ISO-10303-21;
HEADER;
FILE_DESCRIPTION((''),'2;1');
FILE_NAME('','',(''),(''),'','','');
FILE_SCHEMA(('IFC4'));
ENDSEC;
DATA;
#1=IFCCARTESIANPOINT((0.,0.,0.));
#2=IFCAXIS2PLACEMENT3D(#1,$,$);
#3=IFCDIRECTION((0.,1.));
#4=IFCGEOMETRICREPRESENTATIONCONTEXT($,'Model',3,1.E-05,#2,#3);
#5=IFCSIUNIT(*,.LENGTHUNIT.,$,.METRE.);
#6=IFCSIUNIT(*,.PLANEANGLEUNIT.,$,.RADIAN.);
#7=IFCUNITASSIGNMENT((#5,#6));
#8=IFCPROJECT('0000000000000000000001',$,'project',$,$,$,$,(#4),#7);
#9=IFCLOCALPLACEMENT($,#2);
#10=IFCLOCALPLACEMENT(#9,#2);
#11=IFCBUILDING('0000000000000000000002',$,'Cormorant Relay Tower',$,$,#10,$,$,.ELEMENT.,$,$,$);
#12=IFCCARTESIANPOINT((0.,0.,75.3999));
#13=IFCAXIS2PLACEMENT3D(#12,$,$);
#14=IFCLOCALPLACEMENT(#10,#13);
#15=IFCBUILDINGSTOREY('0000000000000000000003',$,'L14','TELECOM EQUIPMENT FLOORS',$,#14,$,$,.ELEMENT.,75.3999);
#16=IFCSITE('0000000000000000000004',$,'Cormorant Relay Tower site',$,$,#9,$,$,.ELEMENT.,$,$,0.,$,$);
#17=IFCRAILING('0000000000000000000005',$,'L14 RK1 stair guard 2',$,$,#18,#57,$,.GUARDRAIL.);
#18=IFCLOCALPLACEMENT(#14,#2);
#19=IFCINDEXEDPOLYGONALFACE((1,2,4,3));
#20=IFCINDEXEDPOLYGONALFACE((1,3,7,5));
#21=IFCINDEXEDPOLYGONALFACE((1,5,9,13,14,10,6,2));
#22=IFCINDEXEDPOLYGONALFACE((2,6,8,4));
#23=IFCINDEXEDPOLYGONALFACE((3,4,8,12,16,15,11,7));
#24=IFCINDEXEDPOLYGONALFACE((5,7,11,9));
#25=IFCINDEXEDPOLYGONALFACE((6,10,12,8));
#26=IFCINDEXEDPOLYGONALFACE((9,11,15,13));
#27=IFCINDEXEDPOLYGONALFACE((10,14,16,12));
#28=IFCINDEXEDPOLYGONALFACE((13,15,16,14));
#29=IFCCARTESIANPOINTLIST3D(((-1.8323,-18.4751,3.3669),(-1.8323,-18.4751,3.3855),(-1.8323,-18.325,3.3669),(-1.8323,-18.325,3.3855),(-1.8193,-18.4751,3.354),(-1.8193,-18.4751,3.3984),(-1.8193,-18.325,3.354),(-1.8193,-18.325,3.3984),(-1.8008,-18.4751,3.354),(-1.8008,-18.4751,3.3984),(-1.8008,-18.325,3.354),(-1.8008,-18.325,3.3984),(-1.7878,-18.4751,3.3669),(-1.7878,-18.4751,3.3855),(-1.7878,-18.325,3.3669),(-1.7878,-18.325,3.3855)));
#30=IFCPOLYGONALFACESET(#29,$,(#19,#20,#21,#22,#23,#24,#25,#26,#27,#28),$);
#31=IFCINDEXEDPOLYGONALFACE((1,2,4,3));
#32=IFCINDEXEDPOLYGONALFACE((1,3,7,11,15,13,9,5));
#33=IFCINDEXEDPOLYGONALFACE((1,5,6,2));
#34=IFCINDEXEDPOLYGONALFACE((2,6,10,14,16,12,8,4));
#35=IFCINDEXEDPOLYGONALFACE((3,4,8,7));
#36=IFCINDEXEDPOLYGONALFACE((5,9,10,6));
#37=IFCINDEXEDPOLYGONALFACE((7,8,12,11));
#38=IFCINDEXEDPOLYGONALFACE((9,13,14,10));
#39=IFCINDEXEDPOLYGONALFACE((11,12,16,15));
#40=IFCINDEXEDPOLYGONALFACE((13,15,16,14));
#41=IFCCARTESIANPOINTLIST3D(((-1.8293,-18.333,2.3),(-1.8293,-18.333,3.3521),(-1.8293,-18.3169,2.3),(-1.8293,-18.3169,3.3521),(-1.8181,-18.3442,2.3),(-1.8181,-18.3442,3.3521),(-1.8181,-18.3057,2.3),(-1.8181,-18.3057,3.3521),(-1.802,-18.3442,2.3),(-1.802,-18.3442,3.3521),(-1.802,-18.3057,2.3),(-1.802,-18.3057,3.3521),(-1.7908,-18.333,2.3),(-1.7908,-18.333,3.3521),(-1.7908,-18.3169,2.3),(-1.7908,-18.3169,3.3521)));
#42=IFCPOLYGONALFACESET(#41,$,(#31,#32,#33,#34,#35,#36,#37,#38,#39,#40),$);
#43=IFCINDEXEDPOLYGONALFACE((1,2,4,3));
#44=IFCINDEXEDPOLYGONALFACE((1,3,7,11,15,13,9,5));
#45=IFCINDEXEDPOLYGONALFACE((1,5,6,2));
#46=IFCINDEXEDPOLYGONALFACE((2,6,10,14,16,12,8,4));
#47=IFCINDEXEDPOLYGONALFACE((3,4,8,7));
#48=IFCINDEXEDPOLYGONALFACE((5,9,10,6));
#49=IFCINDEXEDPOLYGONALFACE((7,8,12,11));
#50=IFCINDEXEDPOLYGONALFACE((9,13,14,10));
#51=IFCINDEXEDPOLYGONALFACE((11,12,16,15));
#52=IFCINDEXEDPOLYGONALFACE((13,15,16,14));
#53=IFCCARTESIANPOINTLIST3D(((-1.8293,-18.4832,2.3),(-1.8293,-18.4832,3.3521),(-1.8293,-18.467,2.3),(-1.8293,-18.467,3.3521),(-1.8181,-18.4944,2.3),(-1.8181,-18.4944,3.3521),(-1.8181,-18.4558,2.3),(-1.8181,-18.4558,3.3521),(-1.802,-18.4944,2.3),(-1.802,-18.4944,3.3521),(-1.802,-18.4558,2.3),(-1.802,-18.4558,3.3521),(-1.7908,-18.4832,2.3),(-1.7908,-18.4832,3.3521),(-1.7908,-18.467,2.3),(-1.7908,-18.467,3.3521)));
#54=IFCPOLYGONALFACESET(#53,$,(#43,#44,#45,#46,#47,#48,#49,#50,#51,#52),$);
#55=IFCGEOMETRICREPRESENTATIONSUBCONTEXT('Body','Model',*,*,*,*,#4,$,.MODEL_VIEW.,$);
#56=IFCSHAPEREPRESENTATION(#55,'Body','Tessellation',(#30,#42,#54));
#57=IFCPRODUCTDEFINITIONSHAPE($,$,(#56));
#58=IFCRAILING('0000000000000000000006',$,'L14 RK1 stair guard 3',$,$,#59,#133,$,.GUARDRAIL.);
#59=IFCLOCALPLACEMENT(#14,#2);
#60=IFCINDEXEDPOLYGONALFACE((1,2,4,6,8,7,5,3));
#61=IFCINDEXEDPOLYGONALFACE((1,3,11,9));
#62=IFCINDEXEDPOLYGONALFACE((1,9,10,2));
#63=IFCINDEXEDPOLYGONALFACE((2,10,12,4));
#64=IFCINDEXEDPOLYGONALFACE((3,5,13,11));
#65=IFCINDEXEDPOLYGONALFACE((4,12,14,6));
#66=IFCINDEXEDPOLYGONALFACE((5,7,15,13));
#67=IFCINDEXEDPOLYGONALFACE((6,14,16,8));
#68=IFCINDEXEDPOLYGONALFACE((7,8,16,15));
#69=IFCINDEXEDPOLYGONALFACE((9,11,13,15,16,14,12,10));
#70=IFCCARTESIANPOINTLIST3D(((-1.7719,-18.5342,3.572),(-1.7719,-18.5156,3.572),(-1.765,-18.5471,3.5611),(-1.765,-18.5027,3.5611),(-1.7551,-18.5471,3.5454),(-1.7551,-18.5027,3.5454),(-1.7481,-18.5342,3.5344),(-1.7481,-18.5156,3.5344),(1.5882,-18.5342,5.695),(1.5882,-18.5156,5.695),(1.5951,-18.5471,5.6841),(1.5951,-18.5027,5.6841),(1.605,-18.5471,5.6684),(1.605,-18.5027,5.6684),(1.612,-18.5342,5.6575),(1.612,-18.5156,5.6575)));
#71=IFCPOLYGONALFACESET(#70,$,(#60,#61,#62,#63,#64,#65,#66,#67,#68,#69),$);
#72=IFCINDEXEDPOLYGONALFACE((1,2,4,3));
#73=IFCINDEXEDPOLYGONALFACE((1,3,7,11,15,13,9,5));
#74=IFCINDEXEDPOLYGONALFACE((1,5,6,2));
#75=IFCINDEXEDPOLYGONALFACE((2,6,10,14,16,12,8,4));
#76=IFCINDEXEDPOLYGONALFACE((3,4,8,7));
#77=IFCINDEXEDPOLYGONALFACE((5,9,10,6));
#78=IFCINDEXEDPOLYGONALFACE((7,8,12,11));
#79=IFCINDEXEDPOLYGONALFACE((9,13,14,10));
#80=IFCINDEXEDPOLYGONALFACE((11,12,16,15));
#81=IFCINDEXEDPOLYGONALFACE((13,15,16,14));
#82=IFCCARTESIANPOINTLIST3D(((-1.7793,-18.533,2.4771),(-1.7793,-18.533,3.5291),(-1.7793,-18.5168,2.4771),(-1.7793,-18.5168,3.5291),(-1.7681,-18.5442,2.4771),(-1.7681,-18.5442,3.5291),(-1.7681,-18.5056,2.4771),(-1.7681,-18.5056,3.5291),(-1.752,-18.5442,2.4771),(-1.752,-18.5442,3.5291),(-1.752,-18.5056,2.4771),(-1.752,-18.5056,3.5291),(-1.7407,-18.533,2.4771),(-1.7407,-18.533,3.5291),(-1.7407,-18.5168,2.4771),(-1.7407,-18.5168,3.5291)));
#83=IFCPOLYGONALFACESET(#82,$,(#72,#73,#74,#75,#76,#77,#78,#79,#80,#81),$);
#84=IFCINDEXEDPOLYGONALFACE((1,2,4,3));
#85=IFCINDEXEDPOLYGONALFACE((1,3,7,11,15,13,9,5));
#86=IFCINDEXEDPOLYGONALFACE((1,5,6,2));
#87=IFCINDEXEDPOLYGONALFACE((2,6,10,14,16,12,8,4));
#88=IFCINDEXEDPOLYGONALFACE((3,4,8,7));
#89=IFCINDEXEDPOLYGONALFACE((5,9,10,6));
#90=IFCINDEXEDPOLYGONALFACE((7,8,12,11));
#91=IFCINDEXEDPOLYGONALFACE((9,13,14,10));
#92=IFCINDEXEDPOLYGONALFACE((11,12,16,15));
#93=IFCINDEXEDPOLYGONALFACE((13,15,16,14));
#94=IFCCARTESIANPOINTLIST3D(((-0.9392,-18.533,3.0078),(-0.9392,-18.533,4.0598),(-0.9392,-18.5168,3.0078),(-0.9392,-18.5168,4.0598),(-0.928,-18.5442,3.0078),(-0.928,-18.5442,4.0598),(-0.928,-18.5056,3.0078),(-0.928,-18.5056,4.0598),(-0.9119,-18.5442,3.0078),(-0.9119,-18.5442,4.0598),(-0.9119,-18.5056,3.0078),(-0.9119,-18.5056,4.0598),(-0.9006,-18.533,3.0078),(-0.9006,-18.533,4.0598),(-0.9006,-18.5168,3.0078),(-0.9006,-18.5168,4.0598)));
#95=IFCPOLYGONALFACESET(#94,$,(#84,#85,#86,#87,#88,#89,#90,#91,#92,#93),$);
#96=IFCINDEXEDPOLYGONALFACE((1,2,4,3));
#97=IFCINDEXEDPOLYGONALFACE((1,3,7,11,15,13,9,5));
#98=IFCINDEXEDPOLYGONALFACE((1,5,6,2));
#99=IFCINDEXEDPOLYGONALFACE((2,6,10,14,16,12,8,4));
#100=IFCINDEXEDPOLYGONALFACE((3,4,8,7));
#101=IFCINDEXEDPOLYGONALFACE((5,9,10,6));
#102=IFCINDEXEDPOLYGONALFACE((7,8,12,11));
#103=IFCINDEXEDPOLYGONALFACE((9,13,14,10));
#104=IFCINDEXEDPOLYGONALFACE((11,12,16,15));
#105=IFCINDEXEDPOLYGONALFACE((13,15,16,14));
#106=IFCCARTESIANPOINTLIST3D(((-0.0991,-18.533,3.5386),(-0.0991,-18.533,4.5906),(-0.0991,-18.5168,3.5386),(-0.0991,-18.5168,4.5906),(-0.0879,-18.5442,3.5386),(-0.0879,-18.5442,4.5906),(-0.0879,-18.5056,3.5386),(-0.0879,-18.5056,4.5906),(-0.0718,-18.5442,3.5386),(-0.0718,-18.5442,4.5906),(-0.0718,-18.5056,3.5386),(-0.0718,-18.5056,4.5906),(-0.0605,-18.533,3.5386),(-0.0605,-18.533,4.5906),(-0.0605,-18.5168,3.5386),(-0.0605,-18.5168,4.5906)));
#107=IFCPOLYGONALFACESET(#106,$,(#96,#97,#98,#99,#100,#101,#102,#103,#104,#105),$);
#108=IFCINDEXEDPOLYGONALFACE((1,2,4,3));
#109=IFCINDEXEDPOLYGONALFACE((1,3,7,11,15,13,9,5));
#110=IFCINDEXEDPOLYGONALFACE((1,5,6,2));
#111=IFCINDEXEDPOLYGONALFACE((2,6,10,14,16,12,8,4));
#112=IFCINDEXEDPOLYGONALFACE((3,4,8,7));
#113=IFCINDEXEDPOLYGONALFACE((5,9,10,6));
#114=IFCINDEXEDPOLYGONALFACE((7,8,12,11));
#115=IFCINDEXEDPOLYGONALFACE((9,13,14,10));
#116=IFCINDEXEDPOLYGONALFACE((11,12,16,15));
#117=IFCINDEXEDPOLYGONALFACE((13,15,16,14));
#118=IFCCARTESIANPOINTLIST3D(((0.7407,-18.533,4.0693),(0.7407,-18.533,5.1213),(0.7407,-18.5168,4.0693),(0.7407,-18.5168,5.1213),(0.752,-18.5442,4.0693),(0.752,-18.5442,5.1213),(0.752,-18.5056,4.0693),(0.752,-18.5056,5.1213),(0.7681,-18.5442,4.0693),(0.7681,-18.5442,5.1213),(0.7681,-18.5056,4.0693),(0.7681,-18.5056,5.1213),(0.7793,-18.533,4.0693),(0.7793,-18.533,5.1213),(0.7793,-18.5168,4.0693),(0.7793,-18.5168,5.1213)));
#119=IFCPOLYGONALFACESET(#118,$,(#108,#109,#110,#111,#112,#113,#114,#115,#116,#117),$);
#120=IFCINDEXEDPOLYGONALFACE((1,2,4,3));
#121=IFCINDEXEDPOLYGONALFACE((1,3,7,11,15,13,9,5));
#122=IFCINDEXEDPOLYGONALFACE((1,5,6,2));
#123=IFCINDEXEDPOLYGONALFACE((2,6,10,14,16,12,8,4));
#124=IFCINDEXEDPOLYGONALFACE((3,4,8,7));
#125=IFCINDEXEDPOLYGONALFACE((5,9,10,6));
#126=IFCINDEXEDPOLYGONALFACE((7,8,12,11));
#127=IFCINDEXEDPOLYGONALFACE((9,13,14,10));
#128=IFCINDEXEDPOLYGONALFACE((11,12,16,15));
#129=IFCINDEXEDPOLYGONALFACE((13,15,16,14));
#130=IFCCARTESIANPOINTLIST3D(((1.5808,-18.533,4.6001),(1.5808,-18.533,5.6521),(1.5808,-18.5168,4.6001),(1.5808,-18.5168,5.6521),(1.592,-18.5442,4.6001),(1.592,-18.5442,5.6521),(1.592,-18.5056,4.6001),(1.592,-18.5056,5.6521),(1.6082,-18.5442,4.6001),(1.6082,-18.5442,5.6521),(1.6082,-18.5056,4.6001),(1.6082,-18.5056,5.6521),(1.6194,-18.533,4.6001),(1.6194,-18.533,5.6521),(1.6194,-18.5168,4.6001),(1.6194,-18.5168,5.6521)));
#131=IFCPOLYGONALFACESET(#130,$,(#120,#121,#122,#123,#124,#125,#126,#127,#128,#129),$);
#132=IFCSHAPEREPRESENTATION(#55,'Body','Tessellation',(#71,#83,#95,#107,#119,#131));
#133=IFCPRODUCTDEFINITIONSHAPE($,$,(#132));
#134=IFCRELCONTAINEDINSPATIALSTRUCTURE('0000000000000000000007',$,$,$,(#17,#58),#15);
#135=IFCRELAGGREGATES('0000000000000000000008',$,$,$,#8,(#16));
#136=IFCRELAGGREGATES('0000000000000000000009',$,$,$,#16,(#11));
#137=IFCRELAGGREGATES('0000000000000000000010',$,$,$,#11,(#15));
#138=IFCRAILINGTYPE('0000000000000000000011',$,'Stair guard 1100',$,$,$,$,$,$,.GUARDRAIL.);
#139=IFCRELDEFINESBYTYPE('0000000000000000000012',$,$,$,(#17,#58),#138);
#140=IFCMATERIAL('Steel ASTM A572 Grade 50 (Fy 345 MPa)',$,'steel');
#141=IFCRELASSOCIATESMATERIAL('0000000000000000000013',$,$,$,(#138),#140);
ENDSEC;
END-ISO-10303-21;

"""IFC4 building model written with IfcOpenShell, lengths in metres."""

from ifc_helpers import new_model, si_unit, direction, frame, origin, place, context, subcontext, project, spatial, polyline, outline, extrude, material, type_object, element, save


model = new_model("IFC4")

# Units and contexts
model_context = context("Model", 3, precision=1e-05, world=origin(), true_north=direction((0.0, 1.0)))
body_context = subcontext(model_context, "Body", "Model", "MODEL_VIEW")
ifc_project = project(units=[si_unit("LENGTHUNIT", "METRE"), si_unit("PLANEANGLEUNIT", "RADIAN")], contexts=[model_context])

# Site, building, storey
site_placement = place(None, origin())
site = spatial("IfcSite", under=ifc_project, at=site_placement, Name="Cormorant Relay Tower site", CompositionType="ELEMENT", RefElevation=0.0)
building_placement = place(site_placement, origin())
building = spatial("IfcBuilding", under=site, at=building_placement, Name="Cormorant Relay Tower", CompositionType="ELEMENT")
storey_placement = place(building_placement, frame((0.0, 0.0, 75.3999)))
storey = spatial("IfcBuildingStorey", under=building, at=storey_placement, Name="L14", Description="TELECOM EQUIPMENT FLOORS", CompositionType="ELEMENT", Elevation=75.3999)

# Railings
ifc_material_1 = material(Name="Steel ASTM A572 Grade 50 (Fy 345 MPa)", Category="steel")
railing_type_1 = type_object("IfcRailingType", Name="Stair guard 1100", PredefinedType="GUARDRAIL", material=ifc_material_1)
railing_1_placement = place(storey_placement, frame((-1.8101, -18.325, 2.3)))
element("IfcRailing", 1, at=railing_1_placement, inside=storey, type_object=railing_type_1, Name="L14 RK1 stair guard 2", PredefinedType="GUARDRAIL", context=body_context, shape_type="SweptSolid", body=[
    extrude(outline(polyline([(0.0222, 0.0093), (0.0093, 0.0222), (-0.0093, 0.0222), (-0.0222, 0.0093), (-0.0222, -0.0093), (-0.0093, -0.0222), (0.0093, -0.0222), (0.0222, -0.0093), (0.0222, 0.0093)])), frame((0.0, 0.0, 1.0762), z_axis=(0.0, -1.0, 0.0), x_axis=(1.0, 0.0, 0.0)), (0.0, 0.0, 1.0), 0.1501),
    extrude(outline(polyline([(0.0193, 0.0081), (0.0081, 0.0193), (-0.0081, 0.0193), (-0.0193, 0.0081), (-0.0193, -0.0081), (-0.0081, -0.0193), (0.0081, -0.0193), (0.0193, -0.0081), (0.0193, 0.0081)])), origin(), (0.0, 0.0, 1.0), 1.052),
    extrude(outline(polyline([(0.0193, 0.0081), (0.0081, 0.0193), (-0.0081, 0.0193), (-0.0193, 0.0081), (-0.0193, -0.0081), (-0.0081, -0.0193), (0.0081, -0.0193), (0.0193, -0.0081), (0.0193, 0.0081)])), frame((0.0, -0.1501, 0.0)), (0.0, 0.0, 1.0), 1.052),
])
railing_2_placement = place(storey_placement, frame((-1.76, -18.5249, 2.4771)))
element("IfcRailing", 2, at=railing_2_placement, inside=storey, type_object=railing_type_1, Name="L14 RK1 stair guard 3", PredefinedType="GUARDRAIL", context=body_context, shape_type="SweptSolid", body=[
    extrude(outline(polyline([(0.0222, 0.0093), (0.0093, 0.0222), (-0.0093, 0.0222), (-0.0222, 0.0093), (-0.0222, -0.0093), (-0.0093, -0.0222), (0.0093, -0.0222), (0.0222, -0.0093), (0.0222, 0.0093)])), frame((0.0, 0.0, 1.0762), z_axis=(0.84539, 0.0, 0.53415), x_axis=(0.0, 1.0, 0.0)), (0.0, 0.0, 1.0), 3.9746),
    extrude(outline(polyline([(0.0193, 0.0081), (0.0081, 0.0193), (-0.0081, 0.0193), (-0.0193, 0.0081), (-0.0193, -0.0081), (-0.0081, -0.0193), (0.0081, -0.0193), (0.0193, -0.0081), (0.0193, 0.0081)])), origin(), (0.0, 0.0, 1.0), 1.052),
    extrude(outline(polyline([(0.0193, 0.0081), (0.0081, 0.0193), (-0.0081, 0.0193), (-0.0193, 0.0081), (-0.0193, -0.0081), (-0.0081, -0.0193), (0.0081, -0.0193), (0.0193, -0.0081), (0.0193, 0.0081)])), frame((0.8401, 0.0, 0.5308)), (0.0, 0.0, 1.0), 1.052),
    extrude(outline(polyline([(0.0193, 0.0081), (0.0081, 0.0193), (-0.0081, 0.0193), (-0.0193, 0.0081), (-0.0193, -0.0081), (-0.0081, -0.0193), (0.0081, -0.0193), (0.0193, -0.0081), (0.0193, 0.0081)])), frame((1.6802, 0.0, 1.0615)), (0.0, 0.0, 1.0), 1.052),
    extrude(outline(polyline([(0.0193, 0.0081), (0.0081, 0.0193), (-0.0081, 0.0193), (-0.0193, 0.0081), (-0.0193, -0.0081), (-0.0081, -0.0193), (0.0081, -0.0193), (0.0193, -0.0081), (0.0193, 0.0081)])), frame((2.52, 0.0, 1.5923)), (0.0, 0.0, 1.0), 1.052),
    extrude(outline(polyline([(0.0193, 0.0081), (0.0081, 0.0193), (-0.0081, 0.0193), (-0.0193, 0.0081), (-0.0193, -0.0081), (-0.0081, -0.0193), (0.0081, -0.0193), (0.0193, -0.0081), (0.0193, 0.0081)])), frame((3.3601, 0.0, 2.123)), (0.0, 0.0, 1.0), 1.052),
])

save(model, "model.ifc")
